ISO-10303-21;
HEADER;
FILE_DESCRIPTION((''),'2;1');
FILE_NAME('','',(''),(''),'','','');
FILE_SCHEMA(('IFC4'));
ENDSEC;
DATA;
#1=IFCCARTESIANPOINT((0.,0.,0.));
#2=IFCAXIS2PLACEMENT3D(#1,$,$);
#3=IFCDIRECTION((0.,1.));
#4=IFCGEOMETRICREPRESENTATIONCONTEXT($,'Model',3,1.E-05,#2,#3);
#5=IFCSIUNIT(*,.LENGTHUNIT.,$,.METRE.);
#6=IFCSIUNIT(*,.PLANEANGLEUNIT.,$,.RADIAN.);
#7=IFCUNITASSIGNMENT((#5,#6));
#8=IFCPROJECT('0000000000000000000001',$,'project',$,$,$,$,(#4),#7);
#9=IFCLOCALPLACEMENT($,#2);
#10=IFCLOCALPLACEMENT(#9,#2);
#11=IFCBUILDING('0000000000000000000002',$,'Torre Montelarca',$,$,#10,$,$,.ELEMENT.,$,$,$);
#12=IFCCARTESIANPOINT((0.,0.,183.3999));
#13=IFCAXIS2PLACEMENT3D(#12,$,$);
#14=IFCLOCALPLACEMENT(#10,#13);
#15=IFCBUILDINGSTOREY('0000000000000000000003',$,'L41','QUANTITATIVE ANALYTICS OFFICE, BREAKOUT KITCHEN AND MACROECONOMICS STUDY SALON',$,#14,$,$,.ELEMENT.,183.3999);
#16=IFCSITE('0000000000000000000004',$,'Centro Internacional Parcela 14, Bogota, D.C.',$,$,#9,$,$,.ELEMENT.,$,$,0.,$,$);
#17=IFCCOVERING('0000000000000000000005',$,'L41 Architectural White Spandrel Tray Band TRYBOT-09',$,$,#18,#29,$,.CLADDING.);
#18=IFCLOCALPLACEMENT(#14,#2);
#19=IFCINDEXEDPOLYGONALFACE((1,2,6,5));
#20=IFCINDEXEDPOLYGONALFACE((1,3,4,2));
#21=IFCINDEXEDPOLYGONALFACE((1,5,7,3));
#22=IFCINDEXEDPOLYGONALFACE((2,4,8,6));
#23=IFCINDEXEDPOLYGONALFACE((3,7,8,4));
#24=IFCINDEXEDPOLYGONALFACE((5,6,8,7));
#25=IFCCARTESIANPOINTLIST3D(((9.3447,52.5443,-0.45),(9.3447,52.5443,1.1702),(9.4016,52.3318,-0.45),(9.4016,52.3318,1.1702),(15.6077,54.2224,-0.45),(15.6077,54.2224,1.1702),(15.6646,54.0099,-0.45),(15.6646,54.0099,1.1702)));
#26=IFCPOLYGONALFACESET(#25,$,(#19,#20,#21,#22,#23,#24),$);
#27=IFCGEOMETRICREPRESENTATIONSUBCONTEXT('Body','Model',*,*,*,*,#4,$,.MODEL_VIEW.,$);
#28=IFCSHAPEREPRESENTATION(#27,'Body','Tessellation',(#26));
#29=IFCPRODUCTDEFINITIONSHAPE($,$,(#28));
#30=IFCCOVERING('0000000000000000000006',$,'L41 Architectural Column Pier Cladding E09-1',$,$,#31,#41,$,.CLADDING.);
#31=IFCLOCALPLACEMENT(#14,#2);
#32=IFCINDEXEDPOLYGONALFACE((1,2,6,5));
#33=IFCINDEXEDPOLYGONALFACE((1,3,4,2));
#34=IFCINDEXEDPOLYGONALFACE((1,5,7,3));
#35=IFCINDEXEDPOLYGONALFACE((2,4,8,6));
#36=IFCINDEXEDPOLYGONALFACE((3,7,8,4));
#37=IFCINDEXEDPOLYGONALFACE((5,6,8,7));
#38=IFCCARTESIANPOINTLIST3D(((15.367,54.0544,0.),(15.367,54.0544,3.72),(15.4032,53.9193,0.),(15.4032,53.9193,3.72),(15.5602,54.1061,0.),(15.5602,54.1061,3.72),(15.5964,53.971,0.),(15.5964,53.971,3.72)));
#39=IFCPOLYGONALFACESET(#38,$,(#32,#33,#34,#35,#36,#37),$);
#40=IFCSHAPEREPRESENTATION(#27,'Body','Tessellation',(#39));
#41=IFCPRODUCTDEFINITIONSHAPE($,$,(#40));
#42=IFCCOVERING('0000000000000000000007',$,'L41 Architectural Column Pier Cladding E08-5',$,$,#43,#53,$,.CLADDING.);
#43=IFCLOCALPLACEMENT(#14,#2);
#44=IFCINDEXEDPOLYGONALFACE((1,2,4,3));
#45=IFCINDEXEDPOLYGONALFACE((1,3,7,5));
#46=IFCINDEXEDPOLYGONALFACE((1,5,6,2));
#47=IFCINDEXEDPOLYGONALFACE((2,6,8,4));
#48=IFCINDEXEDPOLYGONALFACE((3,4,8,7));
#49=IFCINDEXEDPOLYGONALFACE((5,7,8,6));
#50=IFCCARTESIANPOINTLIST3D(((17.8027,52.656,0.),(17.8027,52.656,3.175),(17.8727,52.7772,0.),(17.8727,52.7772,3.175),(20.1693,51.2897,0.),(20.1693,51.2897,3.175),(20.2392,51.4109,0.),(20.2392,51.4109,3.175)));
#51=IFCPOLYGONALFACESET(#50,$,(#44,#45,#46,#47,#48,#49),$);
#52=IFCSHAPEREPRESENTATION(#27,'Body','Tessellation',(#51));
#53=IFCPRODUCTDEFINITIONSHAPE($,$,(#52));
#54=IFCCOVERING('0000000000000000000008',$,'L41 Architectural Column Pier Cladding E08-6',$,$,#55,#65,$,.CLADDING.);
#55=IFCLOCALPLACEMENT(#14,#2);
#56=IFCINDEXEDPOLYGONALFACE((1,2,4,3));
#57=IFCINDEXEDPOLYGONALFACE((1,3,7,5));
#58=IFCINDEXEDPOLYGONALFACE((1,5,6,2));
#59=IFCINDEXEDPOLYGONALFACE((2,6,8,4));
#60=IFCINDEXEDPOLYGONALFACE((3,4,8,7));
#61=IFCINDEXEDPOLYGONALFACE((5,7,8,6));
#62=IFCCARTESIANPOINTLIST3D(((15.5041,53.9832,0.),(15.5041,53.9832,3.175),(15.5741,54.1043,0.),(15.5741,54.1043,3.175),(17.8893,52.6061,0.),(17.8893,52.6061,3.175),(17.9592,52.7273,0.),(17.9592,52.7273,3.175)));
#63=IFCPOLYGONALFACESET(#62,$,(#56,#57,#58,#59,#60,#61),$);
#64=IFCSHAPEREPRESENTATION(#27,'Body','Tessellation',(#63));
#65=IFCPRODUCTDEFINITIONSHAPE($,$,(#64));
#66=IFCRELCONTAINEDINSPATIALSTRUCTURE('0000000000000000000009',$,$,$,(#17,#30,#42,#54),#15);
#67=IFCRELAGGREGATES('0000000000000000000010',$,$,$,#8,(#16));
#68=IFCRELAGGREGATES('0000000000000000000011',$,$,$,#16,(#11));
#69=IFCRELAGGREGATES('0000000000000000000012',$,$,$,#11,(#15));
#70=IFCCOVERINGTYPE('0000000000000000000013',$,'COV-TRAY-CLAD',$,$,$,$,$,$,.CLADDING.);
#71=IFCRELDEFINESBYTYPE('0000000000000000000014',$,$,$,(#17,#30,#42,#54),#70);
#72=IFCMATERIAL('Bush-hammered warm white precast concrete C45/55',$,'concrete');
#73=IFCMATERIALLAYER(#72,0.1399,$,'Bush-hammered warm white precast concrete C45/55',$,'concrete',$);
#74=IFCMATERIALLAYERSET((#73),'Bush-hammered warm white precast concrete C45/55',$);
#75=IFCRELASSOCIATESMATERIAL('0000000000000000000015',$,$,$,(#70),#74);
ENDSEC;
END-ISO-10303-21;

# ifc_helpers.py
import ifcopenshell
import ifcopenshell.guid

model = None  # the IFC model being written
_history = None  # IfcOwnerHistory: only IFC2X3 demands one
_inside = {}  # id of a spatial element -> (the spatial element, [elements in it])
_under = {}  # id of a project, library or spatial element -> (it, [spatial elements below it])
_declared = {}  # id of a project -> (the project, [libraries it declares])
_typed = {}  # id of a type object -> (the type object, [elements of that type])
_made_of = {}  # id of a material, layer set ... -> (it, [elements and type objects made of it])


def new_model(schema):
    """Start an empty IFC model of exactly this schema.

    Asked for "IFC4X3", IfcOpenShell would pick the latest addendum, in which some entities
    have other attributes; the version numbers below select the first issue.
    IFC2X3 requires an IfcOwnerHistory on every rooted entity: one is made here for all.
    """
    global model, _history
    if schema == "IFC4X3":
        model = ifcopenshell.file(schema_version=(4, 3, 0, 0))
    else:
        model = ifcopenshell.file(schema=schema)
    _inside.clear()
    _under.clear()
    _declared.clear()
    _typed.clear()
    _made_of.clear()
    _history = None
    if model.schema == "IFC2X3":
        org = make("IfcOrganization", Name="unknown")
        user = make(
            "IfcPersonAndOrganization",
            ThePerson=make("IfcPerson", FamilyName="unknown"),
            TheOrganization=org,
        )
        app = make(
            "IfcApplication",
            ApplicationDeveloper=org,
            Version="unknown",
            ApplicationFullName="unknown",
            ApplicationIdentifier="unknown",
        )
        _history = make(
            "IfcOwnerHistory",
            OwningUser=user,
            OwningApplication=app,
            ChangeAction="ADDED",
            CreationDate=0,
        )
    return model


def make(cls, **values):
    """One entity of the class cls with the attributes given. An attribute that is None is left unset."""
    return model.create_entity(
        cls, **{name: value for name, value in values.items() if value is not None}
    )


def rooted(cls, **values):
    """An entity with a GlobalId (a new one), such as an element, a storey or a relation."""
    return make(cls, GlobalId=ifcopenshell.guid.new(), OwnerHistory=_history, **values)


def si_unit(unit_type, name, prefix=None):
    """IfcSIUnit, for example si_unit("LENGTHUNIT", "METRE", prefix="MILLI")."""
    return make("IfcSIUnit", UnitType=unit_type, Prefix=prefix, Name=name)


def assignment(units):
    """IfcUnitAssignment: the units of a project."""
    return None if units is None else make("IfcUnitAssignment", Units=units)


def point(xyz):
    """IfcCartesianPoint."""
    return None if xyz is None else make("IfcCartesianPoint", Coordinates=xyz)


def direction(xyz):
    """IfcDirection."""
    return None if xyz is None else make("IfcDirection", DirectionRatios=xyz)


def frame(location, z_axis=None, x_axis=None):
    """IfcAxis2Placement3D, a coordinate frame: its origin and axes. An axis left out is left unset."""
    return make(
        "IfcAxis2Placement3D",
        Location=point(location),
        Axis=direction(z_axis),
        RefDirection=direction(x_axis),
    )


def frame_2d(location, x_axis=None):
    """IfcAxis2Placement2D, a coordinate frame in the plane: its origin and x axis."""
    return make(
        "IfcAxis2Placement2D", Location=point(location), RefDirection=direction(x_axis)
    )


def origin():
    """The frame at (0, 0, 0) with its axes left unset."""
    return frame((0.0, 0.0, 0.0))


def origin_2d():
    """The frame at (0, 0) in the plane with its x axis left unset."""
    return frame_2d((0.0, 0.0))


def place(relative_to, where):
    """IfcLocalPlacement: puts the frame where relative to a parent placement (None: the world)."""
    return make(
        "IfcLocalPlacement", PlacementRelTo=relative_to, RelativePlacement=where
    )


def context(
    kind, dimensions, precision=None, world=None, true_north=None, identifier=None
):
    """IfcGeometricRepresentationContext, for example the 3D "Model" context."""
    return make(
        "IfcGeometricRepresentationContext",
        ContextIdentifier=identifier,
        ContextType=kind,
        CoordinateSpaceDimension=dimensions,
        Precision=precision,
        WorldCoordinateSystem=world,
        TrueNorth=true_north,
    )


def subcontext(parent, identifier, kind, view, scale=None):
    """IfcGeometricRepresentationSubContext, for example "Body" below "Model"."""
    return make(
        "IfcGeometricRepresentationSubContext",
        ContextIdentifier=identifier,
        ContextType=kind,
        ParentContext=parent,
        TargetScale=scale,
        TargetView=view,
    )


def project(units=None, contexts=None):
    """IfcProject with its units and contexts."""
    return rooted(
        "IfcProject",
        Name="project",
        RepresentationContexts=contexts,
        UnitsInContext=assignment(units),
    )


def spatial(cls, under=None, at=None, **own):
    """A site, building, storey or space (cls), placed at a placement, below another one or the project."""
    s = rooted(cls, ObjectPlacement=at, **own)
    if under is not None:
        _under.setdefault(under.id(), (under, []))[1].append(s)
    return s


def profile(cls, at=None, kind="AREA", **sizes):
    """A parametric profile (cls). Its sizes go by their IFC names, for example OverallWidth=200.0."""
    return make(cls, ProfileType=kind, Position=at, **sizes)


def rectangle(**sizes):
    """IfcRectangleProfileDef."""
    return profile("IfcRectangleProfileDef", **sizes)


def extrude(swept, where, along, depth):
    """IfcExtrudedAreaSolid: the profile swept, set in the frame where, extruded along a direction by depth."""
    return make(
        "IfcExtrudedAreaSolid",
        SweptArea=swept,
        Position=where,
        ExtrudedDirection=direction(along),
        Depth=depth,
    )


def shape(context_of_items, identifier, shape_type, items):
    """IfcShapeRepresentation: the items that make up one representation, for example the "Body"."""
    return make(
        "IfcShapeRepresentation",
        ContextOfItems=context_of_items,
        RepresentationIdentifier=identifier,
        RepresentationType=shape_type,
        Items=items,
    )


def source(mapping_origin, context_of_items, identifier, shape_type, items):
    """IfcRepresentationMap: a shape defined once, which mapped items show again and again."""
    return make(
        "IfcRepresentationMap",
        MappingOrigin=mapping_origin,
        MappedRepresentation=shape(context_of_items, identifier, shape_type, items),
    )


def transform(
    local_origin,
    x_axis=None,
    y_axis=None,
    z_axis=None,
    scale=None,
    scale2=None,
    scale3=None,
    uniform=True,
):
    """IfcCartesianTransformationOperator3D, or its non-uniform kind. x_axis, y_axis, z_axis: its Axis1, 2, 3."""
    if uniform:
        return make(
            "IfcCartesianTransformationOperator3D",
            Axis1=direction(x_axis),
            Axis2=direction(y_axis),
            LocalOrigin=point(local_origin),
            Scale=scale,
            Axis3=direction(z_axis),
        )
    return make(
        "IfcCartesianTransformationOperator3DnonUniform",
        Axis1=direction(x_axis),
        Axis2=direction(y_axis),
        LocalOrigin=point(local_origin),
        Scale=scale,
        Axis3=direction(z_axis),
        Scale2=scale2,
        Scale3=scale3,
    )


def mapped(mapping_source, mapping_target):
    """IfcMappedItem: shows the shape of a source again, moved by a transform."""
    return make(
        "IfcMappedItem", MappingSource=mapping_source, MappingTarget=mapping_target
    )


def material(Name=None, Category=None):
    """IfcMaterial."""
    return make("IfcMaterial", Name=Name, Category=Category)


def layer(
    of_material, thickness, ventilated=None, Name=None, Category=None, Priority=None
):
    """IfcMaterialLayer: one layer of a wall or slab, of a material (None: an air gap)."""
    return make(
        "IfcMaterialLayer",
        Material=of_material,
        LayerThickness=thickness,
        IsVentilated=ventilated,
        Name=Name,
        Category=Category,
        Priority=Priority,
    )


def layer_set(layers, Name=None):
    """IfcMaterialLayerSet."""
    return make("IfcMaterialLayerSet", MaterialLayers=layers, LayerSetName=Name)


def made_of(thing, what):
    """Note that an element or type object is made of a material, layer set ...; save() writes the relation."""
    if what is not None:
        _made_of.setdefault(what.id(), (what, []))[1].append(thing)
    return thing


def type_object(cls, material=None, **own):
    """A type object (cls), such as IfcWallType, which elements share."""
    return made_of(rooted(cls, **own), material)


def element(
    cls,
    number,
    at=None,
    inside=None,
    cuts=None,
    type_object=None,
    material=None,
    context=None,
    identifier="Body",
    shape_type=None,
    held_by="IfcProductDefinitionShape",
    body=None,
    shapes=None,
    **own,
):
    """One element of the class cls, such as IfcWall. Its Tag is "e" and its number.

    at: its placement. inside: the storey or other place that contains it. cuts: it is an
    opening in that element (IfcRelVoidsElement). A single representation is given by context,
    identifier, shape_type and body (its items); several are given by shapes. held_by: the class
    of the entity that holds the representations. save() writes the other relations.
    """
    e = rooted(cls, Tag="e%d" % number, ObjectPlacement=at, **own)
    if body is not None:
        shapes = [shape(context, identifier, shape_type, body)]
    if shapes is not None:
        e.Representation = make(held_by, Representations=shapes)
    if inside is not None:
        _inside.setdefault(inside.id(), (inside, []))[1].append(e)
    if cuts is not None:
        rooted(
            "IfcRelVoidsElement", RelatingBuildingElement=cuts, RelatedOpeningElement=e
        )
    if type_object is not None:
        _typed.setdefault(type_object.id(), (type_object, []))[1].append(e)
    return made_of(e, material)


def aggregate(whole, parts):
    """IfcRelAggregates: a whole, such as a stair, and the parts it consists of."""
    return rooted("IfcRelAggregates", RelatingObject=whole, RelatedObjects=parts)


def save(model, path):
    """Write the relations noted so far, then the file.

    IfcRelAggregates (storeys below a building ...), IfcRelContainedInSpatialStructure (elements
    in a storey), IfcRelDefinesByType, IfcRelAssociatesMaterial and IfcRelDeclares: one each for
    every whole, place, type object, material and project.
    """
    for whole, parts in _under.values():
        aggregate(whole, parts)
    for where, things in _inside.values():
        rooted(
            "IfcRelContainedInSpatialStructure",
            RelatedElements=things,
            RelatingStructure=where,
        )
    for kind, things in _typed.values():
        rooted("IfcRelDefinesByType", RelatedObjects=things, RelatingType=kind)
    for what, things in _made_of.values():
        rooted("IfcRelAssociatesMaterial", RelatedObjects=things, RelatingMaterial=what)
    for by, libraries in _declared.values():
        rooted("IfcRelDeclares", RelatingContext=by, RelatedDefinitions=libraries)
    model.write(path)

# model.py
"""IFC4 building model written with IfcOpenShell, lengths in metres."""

from ifc_helpers import new_model, si_unit, direction, frame, origin, origin_2d, place, context, subcontext, project, spatial, rectangle, extrude, source, transform, mapped, material, layer, layer_set, type_object, element, save


model = new_model("IFC4")

# Units and contexts
model_context = context("Model", 3, precision=1e-05, world=origin(), true_north=direction((0.0, 1.0)))
body_context = subcontext(model_context, "Body", "Model", "MODEL_VIEW")
ifc_project = project(units=[si_unit("LENGTHUNIT", "METRE"), si_unit("PLANEANGLEUNIT", "RADIAN")], contexts=[model_context])

# Site, building, storey
site_placement = place(None, origin())
site = spatial("IfcSite", under=ifc_project, at=site_placement, Name="Centro Internacional Parcela 14, Bogota, D.C.", CompositionType="ELEMENT", RefElevation=0.0)
building_placement = place(site_placement, origin())
building = spatial("IfcBuilding", under=site, at=building_placement, Name="Torre Montelarca", CompositionType="ELEMENT")
storey_placement = place(building_placement, frame((0.0, 0.0, 183.3999)))
storey = spatial("IfcBuildingStorey", under=building, at=storey_placement, Name="L41", Description="QUANTITATIVE ANALYTICS OFFICE, BREAKOUT KITCHEN AND MACROECONOMICS STUDY SALON", CompositionType="ELEMENT", Elevation=183.3999)

# Coverings
ifc_material_1 = material(Name="Bush-hammered warm white precast concrete C45/55", Category="concrete")
ifc_layer_1 = layer(ifc_material_1, 0.1399, Name="Bush-hammered warm white precast concrete C45/55", Category="concrete")
ifc_layer_set_1 = layer_set([ifc_layer_1], Name="Bush-hammered warm white precast concrete C45/55")
covering_type = type_object("IfcCoveringType", Name="COV-TRAY-CLAD", PredefinedType="CLADDING", material=ifc_layer_set_1)
shared_shape_1 = source(origin(), body_context, "Body", "SweptSolid", [
    extrude(rectangle(XDim=6.4839, YDim=0.22, at=origin_2d()), origin(), (0.0, 0.0, 1.0), 1.6201),
])
covering_1_placement = place(storey_placement, frame((12.5046, 53.2771, -0.45), z_axis=(0.0, 0.0, 1.0), x_axis=(-0.965926, -0.258817, 0.0)))
element("IfcCovering", 1, at=covering_1_placement, inside=storey, type_object=covering_type, Name="L41 Architectural White Spandrel Tray Band TRYBOT-09", PredefinedType="CLADDING", context=body_context, shape_type="MappedRepresentation", body=[
    mapped(shared_shape_1, transform((0.0, 0.0, 0.0), scale=1.0)),
])
shared_shape_2 = source(origin(), body_context, "Body", "SweptSolid", [
    extrude(rectangle(XDim=0.2, YDim=0.1399, at=origin_2d()), origin(), (0.0, 0.0, 1.0), 3.72),
])
covering_2_placement = place(storey_placement, frame((15.4817, 54.0127, 0.0), z_axis=(0.0, 0.0, 1.0), x_axis=(-0.965926, -0.258819, 0.0)))
element("IfcCovering", 2, at=covering_2_placement, inside=storey, type_object=covering_type, Name="L41 Architectural Column Pier Cladding E09-1", PredefinedType="CLADDING", context=body_context, shape_type="MappedRepresentation", body=[
    mapped(shared_shape_2, transform((0.0, 0.0, 0.0), scale=1.0)),
])
shared_shape_3 = source(origin(), body_context, "Body", "SweptSolid", [
    extrude(rectangle(XDim=2.7327, YDim=0.1399, at=origin_2d()), origin(), (0.0, 0.0, 1.0), 3.175),
])
covering_3_placement = place(storey_placement, frame((19.021, 52.0334, 0.0), z_axis=(0.0, 0.0, 1.0), x_axis=(-0.866025, 0.5, 0.0)))
element("IfcCovering", 3, at=covering_3_placement, inside=storey, type_object=covering_type, Name="L41 Architectural Column Pier Cladding E08-5", PredefinedType="CLADDING", context=body_context, shape_type="MappedRepresentation", body=[
    mapped(shared_shape_3, transform((0.0, 0.0, 0.0), scale=1.0)),
])
shared_shape_4 = source(origin(), body_context, "Body", "SweptSolid", [
    extrude(rectangle(XDim=2.7542, YDim=0.1399, at=origin_2d()), origin(), (0.0, 0.0, 1.0), 3.175),
])
covering_4_placement = place(storey_placement, frame((16.7317, 53.3552, 0.0), z_axis=(0.0, 0.0, 1.0), x_axis=(-0.866025, 0.5, 0.0)))
element("IfcCovering", 4, at=covering_4_placement, inside=storey, type_object=covering_type, Name="L41 Architectural Column Pier Cladding E08-6", PredefinedType="CLADDING", context=body_context, shape_type="MappedRepresentation", body=[
    mapped(shared_shape_4, transform((0.0, 0.0, 0.0), scale=1.0)),
])

save(model, "model.ifc")
